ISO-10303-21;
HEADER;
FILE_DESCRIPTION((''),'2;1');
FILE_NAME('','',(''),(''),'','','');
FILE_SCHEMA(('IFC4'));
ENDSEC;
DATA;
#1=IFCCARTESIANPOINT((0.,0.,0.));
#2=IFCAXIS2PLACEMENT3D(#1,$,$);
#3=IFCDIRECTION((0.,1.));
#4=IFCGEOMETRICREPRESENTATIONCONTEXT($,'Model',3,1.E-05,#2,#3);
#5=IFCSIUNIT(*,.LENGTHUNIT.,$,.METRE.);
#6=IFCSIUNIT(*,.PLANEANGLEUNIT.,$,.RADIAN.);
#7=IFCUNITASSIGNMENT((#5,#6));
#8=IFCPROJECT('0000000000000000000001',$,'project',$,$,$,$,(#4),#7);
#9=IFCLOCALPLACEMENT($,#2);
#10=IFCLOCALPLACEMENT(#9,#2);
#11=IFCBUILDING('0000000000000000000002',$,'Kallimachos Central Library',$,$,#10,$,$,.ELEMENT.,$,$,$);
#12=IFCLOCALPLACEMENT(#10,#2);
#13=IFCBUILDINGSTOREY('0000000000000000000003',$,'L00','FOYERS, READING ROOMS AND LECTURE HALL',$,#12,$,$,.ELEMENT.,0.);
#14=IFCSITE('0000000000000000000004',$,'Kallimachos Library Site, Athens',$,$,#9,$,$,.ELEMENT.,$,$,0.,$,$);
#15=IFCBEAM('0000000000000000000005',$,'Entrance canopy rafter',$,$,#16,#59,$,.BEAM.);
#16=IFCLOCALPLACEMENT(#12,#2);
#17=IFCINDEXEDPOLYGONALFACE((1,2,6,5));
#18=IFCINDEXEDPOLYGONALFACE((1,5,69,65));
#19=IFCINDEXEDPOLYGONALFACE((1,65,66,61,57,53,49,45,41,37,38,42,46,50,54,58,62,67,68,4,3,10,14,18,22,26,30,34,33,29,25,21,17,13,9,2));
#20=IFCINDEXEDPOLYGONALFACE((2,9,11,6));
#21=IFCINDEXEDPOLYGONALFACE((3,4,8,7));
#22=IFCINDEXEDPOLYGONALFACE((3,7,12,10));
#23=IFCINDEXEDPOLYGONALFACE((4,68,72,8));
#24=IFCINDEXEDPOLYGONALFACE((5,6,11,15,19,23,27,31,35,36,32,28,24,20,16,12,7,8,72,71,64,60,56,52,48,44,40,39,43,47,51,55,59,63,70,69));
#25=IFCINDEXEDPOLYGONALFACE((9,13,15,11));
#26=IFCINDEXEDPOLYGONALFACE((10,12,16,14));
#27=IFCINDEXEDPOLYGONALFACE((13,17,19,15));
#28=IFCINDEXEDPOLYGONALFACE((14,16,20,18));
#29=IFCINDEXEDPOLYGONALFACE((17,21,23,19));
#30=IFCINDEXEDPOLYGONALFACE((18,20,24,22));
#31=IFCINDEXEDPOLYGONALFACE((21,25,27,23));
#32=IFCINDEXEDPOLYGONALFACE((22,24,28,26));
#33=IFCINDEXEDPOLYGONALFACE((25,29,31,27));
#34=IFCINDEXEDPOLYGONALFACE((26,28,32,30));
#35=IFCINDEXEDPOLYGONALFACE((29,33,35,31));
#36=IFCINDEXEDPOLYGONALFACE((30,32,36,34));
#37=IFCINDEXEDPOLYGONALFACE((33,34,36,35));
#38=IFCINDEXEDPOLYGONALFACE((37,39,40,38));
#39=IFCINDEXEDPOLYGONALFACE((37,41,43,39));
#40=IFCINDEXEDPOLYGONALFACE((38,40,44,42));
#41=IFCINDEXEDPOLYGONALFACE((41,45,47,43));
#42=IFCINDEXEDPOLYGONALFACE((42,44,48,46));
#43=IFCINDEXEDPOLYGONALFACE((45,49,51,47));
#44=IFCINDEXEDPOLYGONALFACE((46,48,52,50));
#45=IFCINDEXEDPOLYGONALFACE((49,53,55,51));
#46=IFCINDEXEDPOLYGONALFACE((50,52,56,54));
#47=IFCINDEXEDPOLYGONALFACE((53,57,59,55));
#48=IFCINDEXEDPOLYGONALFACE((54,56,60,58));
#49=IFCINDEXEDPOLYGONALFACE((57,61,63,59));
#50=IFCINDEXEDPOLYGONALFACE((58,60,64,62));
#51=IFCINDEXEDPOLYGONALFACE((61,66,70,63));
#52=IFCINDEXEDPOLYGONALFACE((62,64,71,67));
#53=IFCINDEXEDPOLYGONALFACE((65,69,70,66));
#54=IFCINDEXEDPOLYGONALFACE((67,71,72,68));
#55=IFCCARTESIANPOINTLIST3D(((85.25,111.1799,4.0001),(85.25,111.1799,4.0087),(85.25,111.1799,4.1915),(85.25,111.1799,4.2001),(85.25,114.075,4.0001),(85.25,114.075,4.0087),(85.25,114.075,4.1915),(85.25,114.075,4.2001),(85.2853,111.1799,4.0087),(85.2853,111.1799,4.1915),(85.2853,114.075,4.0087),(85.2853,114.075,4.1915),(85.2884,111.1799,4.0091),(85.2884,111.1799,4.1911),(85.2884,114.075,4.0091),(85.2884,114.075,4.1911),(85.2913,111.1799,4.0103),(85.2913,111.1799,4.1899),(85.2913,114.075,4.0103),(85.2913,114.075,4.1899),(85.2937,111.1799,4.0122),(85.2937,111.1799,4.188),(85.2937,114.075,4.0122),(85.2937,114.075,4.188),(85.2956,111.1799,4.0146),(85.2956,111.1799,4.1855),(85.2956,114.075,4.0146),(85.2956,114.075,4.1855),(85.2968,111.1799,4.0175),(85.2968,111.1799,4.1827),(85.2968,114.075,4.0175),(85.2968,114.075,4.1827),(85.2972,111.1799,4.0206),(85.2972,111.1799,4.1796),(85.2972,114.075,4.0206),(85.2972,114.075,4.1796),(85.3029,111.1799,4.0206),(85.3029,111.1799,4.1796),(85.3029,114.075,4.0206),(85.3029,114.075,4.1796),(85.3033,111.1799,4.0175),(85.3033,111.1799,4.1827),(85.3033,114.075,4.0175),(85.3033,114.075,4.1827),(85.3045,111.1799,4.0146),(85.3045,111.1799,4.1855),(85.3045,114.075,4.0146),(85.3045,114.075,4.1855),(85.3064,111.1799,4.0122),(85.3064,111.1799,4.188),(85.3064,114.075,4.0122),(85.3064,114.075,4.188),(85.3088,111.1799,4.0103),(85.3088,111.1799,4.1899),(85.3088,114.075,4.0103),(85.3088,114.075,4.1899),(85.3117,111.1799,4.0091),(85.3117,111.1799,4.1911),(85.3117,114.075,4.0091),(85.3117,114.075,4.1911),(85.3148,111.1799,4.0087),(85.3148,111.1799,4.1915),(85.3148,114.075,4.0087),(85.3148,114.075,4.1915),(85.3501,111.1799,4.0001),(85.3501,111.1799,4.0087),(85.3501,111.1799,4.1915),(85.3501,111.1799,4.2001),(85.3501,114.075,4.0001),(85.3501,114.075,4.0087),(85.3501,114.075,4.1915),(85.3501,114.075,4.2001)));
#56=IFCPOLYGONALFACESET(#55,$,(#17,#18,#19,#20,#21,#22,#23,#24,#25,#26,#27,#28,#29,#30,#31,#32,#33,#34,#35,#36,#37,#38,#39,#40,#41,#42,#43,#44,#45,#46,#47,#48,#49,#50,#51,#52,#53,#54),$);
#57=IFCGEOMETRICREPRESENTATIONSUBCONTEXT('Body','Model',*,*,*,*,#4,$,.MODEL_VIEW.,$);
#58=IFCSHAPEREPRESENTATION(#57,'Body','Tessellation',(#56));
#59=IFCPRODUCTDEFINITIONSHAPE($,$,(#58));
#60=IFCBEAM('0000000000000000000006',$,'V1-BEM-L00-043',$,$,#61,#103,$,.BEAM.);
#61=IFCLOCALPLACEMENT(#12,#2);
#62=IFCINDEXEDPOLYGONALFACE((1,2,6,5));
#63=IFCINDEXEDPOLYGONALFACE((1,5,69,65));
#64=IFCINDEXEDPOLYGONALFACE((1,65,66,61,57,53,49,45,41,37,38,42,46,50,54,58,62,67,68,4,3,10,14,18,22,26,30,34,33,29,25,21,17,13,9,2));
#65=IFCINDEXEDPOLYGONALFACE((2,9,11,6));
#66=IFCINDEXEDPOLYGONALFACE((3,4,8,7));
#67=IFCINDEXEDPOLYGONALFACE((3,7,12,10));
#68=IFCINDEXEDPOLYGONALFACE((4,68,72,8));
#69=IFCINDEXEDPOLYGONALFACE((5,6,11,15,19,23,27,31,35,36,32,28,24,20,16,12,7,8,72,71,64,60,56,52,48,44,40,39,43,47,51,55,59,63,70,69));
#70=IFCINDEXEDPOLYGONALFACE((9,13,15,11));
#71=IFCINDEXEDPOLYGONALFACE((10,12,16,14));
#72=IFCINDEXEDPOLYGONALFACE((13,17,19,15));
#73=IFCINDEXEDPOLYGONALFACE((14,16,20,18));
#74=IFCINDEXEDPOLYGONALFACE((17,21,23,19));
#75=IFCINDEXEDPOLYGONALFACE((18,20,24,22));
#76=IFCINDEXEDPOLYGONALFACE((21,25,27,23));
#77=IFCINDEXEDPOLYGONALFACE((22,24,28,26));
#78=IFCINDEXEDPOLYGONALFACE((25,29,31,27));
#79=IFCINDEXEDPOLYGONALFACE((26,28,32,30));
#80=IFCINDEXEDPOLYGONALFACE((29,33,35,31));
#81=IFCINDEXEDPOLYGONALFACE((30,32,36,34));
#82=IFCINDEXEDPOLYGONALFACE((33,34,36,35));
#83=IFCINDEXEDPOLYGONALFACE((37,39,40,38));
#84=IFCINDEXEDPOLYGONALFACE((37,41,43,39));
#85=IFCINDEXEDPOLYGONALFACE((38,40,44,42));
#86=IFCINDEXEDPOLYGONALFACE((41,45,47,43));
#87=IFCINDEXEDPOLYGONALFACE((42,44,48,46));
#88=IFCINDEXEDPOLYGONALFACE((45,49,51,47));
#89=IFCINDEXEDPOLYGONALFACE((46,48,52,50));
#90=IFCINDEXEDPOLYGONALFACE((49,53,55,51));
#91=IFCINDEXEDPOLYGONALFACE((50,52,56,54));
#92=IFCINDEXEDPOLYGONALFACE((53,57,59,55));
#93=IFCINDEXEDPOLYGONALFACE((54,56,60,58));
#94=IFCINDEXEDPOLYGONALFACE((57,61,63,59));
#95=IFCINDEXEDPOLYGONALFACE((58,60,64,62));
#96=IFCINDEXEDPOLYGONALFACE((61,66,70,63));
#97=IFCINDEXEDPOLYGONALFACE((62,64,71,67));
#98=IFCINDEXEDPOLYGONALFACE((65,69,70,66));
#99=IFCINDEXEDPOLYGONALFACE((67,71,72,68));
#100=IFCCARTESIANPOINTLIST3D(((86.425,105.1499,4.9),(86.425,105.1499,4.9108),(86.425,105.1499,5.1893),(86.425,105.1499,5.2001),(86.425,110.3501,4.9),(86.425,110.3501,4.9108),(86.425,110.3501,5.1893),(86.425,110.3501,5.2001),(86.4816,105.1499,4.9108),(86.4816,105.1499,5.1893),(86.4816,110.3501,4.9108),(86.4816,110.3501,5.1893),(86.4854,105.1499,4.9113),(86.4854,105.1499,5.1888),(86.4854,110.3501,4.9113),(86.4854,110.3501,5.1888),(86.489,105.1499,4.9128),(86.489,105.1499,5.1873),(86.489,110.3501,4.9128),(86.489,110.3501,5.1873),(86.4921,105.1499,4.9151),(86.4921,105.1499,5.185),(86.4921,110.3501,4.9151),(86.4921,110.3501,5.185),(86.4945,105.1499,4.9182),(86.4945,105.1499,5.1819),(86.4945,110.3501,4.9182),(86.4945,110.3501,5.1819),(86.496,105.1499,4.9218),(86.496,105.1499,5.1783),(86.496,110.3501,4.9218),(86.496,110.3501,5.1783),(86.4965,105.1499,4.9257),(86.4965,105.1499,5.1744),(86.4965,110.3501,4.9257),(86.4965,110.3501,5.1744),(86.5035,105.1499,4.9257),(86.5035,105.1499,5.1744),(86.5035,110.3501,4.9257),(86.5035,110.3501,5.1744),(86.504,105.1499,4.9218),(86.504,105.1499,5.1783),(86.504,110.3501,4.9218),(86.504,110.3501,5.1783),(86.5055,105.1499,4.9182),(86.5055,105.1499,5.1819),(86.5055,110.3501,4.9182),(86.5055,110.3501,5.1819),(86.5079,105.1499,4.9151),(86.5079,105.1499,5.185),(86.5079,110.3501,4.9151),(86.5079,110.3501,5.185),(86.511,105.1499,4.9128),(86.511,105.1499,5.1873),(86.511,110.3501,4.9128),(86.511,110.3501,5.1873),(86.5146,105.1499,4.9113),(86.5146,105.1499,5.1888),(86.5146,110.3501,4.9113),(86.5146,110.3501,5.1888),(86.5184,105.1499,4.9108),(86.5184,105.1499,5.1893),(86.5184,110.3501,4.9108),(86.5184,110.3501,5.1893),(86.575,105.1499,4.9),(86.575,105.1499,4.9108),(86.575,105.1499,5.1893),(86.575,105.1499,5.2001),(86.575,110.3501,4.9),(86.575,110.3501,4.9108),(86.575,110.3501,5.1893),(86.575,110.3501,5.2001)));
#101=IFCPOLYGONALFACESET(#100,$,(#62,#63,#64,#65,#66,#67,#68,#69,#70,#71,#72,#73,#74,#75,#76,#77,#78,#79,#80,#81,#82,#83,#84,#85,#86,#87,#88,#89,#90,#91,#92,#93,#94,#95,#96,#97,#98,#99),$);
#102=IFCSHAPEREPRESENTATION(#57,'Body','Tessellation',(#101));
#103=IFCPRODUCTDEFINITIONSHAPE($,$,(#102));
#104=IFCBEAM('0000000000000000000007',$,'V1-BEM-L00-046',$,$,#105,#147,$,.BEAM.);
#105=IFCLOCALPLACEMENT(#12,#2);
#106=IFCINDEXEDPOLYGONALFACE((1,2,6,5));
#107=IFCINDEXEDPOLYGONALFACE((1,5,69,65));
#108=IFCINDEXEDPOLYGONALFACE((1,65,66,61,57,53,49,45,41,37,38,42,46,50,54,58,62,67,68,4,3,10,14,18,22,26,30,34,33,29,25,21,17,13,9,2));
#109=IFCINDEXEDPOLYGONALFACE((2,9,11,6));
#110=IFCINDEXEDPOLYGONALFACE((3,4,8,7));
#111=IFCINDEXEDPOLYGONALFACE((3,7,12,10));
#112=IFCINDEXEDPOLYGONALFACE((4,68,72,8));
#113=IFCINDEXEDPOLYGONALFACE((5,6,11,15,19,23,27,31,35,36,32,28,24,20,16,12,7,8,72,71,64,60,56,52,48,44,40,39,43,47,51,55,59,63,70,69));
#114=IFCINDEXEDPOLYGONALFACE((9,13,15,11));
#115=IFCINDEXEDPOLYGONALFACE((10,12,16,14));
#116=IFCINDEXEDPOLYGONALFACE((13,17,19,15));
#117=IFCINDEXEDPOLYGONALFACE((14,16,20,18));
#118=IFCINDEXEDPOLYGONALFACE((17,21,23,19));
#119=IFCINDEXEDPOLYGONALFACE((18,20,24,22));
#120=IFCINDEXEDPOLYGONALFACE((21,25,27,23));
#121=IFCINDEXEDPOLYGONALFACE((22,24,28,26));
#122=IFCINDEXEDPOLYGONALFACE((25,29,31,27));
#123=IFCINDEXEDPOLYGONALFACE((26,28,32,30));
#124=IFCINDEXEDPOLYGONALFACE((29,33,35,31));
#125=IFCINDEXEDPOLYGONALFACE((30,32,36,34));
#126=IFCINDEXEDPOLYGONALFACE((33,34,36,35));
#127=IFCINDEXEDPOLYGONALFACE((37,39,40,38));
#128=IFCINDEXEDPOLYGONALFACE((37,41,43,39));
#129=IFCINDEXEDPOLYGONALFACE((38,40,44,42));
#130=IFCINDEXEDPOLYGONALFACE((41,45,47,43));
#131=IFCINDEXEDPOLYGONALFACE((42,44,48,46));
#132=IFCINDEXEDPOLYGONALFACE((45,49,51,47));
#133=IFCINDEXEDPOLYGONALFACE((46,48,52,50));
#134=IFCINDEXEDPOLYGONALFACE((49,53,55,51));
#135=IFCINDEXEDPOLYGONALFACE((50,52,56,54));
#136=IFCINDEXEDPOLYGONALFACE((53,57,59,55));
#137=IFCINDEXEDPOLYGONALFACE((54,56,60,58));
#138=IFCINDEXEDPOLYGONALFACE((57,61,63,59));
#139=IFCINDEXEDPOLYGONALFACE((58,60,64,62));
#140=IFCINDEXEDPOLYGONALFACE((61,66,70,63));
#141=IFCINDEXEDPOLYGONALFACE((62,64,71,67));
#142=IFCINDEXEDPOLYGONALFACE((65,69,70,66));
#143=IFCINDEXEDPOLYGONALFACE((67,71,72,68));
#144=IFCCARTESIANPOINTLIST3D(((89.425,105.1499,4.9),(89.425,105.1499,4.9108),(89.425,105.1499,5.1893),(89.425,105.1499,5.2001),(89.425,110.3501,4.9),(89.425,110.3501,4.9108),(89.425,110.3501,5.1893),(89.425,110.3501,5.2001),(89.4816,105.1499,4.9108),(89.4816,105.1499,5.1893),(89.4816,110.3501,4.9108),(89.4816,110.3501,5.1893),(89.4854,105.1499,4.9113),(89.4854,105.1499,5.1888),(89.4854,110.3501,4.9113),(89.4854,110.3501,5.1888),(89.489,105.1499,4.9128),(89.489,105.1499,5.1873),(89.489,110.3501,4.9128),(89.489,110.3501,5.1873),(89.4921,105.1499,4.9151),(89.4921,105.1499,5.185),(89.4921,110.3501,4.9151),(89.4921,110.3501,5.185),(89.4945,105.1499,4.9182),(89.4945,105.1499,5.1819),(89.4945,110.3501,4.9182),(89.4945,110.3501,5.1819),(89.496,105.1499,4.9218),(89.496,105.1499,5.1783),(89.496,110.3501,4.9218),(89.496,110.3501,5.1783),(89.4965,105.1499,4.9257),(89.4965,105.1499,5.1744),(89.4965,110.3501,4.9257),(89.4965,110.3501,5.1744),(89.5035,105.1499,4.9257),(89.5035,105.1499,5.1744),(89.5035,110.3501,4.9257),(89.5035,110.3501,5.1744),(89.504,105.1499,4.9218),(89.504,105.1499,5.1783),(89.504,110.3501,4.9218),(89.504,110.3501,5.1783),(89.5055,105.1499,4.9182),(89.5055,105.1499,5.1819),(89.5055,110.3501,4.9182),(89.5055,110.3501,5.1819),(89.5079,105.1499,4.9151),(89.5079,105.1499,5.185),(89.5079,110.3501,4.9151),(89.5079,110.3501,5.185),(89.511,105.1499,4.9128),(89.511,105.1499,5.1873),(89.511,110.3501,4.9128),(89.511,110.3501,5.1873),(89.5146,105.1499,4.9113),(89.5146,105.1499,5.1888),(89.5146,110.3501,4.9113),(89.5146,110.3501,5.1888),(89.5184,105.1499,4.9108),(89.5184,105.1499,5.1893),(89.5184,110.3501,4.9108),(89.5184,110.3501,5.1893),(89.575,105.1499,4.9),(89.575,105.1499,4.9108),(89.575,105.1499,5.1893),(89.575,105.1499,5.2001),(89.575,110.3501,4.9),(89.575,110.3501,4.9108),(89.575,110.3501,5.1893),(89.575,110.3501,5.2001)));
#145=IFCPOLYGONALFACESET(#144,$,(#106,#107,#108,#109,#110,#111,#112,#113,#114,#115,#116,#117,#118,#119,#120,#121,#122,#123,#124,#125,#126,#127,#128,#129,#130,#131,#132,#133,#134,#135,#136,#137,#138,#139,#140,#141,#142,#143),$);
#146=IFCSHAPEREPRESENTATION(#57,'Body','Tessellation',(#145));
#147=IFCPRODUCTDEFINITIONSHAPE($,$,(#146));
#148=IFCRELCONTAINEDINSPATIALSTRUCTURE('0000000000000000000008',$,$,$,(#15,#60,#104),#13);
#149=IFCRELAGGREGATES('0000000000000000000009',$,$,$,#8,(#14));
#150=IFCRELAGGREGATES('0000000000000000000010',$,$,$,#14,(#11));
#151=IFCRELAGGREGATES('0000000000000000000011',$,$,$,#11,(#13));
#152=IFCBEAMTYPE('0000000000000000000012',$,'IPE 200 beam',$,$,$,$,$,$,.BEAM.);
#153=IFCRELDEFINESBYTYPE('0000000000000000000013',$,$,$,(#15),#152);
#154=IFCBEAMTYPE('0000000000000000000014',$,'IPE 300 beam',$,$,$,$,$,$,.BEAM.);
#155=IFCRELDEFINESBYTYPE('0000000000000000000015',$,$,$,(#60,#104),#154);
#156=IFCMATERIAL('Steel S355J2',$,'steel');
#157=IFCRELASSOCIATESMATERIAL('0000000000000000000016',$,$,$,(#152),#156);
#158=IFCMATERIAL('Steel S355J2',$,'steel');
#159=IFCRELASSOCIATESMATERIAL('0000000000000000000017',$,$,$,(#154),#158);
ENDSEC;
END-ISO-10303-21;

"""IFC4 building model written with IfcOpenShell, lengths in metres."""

from ifc_helpers import new_model, si_unit, direction, frame, origin, origin_2d, place, context, subcontext, project, spatial, i_section, extrude, material, material_profile, profile_set, type_object, element, save


model = new_model("IFC4")

# Units and contexts
model_context = context("Model", 3, precision=1e-05, world=origin(), true_north=direction((0.0, 1.0)))
body_context = subcontext(model_context, "Body", "Model", "MODEL_VIEW")
ifc_project = project(units=[si_unit("LENGTHUNIT", "METRE"), si_unit("PLANEANGLEUNIT", "RADIAN")], contexts=[model_context])

# Site, building, storey
site_placement = place(None, origin())
site = spatial("IfcSite", under=ifc_project, at=site_placement, Name="Kallimachos Library Site, Athens", CompositionType="ELEMENT", RefElevation=0.0)
building_placement = place(site_placement, origin())
building = spatial("IfcBuilding", under=site, at=building_placement, Name="Kallimachos Central Library", CompositionType="ELEMENT")
storey_placement = place(building_placement, origin())
storey = spatial("IfcBuildingStorey", under=building, at=storey_placement, Name="L00", Description="FOYERS, READING ROOMS AND LECTURE HALL", CompositionType="ELEMENT", Elevation=0.0)

# Beams
ifc_material_1 = material(Name="Steel S355J2", Category="steel")
ifc_material_profile_1 = material_profile(ifc_material_1, i_section(OverallWidth=0.1001, OverallDepth=0.2, WebThickness=0.0056, FlangeThickness=0.0085, FilletRadius=0.012, at=origin_2d()), Name="IPE 200")
ifc_profile_set_1 = profile_set([ifc_material_profile_1], Name="Steel S355J2")
beam_type_1 = type_object("IfcBeamType", Name="IPE 200 beam", PredefinedType="BEAM", material=ifc_profile_set_1)
for number, where, z_axis, x_axis, name in (
    (1, (85.3, 111.1799, 4.1001), (0.0, 1.0, 0.0), (-1.0, 0.0, 0.0), "Entrance canopy rafter"),
):
    element("IfcBeam", number, at=place(storey_placement, frame(where, z_axis=z_axis, x_axis=x_axis)), inside=storey, type_object=beam_type_1, Name=name, PredefinedType="BEAM", context=body_context, shape_type="SweptSolid", body=[
        extrude(i_section(OverallWidth=0.1001, OverallDepth=0.2, WebThickness=0.0056, FlangeThickness=0.0085, FilletRadius=0.012, at=origin_2d()), origin(), (0.0, 0.0, 1.0), 2.895),
    ])
ifc_material_2 = material(Name="Steel S355J2", Category="steel")
ifc_material_profile_2 = material_profile(ifc_material_2, i_section(OverallWidth=0.1499, OverallDepth=0.3, WebThickness=0.0071, FlangeThickness=0.0107, FilletRadius=0.0149, at=origin_2d()), Name="IPE 300")
ifc_profile_set_2 = profile_set([ifc_material_profile_2], Name="Steel S355J2")
beam_type_2 = type_object("IfcBeamType", Name="IPE 300 beam", PredefinedType="BEAM", material=ifc_profile_set_2)
for number, where, z_axis, x_axis, name in (
    (2, (86.5, 105.1499, 5.05), (0.0, 1.0, 0.0), (-1.0, 0.0, 0.0), "V1-BEM-L00-043"),
    (3, (89.5, 105.1499, 5.05), (0.0, 1.0, 0.0), (-1.0, 0.0, 0.0), "V1-BEM-L00-046"),
):
    element("IfcBeam", number, at=place(storey_placement, frame(where, z_axis=z_axis, x_axis=x_axis)), inside=storey, type_object=beam_type_2, Name=name, PredefinedType="BEAM", context=body_context, shape_type="SweptSolid", body=[
        extrude(i_section(OverallWidth=0.1499, OverallDepth=0.3, WebThickness=0.0071, FlangeThickness=0.0107, FilletRadius=0.0149, at=origin_2d()), origin(), (0.0, 0.0, 1.0), 5.2002),
    ])

save(model, "model.ifc")
